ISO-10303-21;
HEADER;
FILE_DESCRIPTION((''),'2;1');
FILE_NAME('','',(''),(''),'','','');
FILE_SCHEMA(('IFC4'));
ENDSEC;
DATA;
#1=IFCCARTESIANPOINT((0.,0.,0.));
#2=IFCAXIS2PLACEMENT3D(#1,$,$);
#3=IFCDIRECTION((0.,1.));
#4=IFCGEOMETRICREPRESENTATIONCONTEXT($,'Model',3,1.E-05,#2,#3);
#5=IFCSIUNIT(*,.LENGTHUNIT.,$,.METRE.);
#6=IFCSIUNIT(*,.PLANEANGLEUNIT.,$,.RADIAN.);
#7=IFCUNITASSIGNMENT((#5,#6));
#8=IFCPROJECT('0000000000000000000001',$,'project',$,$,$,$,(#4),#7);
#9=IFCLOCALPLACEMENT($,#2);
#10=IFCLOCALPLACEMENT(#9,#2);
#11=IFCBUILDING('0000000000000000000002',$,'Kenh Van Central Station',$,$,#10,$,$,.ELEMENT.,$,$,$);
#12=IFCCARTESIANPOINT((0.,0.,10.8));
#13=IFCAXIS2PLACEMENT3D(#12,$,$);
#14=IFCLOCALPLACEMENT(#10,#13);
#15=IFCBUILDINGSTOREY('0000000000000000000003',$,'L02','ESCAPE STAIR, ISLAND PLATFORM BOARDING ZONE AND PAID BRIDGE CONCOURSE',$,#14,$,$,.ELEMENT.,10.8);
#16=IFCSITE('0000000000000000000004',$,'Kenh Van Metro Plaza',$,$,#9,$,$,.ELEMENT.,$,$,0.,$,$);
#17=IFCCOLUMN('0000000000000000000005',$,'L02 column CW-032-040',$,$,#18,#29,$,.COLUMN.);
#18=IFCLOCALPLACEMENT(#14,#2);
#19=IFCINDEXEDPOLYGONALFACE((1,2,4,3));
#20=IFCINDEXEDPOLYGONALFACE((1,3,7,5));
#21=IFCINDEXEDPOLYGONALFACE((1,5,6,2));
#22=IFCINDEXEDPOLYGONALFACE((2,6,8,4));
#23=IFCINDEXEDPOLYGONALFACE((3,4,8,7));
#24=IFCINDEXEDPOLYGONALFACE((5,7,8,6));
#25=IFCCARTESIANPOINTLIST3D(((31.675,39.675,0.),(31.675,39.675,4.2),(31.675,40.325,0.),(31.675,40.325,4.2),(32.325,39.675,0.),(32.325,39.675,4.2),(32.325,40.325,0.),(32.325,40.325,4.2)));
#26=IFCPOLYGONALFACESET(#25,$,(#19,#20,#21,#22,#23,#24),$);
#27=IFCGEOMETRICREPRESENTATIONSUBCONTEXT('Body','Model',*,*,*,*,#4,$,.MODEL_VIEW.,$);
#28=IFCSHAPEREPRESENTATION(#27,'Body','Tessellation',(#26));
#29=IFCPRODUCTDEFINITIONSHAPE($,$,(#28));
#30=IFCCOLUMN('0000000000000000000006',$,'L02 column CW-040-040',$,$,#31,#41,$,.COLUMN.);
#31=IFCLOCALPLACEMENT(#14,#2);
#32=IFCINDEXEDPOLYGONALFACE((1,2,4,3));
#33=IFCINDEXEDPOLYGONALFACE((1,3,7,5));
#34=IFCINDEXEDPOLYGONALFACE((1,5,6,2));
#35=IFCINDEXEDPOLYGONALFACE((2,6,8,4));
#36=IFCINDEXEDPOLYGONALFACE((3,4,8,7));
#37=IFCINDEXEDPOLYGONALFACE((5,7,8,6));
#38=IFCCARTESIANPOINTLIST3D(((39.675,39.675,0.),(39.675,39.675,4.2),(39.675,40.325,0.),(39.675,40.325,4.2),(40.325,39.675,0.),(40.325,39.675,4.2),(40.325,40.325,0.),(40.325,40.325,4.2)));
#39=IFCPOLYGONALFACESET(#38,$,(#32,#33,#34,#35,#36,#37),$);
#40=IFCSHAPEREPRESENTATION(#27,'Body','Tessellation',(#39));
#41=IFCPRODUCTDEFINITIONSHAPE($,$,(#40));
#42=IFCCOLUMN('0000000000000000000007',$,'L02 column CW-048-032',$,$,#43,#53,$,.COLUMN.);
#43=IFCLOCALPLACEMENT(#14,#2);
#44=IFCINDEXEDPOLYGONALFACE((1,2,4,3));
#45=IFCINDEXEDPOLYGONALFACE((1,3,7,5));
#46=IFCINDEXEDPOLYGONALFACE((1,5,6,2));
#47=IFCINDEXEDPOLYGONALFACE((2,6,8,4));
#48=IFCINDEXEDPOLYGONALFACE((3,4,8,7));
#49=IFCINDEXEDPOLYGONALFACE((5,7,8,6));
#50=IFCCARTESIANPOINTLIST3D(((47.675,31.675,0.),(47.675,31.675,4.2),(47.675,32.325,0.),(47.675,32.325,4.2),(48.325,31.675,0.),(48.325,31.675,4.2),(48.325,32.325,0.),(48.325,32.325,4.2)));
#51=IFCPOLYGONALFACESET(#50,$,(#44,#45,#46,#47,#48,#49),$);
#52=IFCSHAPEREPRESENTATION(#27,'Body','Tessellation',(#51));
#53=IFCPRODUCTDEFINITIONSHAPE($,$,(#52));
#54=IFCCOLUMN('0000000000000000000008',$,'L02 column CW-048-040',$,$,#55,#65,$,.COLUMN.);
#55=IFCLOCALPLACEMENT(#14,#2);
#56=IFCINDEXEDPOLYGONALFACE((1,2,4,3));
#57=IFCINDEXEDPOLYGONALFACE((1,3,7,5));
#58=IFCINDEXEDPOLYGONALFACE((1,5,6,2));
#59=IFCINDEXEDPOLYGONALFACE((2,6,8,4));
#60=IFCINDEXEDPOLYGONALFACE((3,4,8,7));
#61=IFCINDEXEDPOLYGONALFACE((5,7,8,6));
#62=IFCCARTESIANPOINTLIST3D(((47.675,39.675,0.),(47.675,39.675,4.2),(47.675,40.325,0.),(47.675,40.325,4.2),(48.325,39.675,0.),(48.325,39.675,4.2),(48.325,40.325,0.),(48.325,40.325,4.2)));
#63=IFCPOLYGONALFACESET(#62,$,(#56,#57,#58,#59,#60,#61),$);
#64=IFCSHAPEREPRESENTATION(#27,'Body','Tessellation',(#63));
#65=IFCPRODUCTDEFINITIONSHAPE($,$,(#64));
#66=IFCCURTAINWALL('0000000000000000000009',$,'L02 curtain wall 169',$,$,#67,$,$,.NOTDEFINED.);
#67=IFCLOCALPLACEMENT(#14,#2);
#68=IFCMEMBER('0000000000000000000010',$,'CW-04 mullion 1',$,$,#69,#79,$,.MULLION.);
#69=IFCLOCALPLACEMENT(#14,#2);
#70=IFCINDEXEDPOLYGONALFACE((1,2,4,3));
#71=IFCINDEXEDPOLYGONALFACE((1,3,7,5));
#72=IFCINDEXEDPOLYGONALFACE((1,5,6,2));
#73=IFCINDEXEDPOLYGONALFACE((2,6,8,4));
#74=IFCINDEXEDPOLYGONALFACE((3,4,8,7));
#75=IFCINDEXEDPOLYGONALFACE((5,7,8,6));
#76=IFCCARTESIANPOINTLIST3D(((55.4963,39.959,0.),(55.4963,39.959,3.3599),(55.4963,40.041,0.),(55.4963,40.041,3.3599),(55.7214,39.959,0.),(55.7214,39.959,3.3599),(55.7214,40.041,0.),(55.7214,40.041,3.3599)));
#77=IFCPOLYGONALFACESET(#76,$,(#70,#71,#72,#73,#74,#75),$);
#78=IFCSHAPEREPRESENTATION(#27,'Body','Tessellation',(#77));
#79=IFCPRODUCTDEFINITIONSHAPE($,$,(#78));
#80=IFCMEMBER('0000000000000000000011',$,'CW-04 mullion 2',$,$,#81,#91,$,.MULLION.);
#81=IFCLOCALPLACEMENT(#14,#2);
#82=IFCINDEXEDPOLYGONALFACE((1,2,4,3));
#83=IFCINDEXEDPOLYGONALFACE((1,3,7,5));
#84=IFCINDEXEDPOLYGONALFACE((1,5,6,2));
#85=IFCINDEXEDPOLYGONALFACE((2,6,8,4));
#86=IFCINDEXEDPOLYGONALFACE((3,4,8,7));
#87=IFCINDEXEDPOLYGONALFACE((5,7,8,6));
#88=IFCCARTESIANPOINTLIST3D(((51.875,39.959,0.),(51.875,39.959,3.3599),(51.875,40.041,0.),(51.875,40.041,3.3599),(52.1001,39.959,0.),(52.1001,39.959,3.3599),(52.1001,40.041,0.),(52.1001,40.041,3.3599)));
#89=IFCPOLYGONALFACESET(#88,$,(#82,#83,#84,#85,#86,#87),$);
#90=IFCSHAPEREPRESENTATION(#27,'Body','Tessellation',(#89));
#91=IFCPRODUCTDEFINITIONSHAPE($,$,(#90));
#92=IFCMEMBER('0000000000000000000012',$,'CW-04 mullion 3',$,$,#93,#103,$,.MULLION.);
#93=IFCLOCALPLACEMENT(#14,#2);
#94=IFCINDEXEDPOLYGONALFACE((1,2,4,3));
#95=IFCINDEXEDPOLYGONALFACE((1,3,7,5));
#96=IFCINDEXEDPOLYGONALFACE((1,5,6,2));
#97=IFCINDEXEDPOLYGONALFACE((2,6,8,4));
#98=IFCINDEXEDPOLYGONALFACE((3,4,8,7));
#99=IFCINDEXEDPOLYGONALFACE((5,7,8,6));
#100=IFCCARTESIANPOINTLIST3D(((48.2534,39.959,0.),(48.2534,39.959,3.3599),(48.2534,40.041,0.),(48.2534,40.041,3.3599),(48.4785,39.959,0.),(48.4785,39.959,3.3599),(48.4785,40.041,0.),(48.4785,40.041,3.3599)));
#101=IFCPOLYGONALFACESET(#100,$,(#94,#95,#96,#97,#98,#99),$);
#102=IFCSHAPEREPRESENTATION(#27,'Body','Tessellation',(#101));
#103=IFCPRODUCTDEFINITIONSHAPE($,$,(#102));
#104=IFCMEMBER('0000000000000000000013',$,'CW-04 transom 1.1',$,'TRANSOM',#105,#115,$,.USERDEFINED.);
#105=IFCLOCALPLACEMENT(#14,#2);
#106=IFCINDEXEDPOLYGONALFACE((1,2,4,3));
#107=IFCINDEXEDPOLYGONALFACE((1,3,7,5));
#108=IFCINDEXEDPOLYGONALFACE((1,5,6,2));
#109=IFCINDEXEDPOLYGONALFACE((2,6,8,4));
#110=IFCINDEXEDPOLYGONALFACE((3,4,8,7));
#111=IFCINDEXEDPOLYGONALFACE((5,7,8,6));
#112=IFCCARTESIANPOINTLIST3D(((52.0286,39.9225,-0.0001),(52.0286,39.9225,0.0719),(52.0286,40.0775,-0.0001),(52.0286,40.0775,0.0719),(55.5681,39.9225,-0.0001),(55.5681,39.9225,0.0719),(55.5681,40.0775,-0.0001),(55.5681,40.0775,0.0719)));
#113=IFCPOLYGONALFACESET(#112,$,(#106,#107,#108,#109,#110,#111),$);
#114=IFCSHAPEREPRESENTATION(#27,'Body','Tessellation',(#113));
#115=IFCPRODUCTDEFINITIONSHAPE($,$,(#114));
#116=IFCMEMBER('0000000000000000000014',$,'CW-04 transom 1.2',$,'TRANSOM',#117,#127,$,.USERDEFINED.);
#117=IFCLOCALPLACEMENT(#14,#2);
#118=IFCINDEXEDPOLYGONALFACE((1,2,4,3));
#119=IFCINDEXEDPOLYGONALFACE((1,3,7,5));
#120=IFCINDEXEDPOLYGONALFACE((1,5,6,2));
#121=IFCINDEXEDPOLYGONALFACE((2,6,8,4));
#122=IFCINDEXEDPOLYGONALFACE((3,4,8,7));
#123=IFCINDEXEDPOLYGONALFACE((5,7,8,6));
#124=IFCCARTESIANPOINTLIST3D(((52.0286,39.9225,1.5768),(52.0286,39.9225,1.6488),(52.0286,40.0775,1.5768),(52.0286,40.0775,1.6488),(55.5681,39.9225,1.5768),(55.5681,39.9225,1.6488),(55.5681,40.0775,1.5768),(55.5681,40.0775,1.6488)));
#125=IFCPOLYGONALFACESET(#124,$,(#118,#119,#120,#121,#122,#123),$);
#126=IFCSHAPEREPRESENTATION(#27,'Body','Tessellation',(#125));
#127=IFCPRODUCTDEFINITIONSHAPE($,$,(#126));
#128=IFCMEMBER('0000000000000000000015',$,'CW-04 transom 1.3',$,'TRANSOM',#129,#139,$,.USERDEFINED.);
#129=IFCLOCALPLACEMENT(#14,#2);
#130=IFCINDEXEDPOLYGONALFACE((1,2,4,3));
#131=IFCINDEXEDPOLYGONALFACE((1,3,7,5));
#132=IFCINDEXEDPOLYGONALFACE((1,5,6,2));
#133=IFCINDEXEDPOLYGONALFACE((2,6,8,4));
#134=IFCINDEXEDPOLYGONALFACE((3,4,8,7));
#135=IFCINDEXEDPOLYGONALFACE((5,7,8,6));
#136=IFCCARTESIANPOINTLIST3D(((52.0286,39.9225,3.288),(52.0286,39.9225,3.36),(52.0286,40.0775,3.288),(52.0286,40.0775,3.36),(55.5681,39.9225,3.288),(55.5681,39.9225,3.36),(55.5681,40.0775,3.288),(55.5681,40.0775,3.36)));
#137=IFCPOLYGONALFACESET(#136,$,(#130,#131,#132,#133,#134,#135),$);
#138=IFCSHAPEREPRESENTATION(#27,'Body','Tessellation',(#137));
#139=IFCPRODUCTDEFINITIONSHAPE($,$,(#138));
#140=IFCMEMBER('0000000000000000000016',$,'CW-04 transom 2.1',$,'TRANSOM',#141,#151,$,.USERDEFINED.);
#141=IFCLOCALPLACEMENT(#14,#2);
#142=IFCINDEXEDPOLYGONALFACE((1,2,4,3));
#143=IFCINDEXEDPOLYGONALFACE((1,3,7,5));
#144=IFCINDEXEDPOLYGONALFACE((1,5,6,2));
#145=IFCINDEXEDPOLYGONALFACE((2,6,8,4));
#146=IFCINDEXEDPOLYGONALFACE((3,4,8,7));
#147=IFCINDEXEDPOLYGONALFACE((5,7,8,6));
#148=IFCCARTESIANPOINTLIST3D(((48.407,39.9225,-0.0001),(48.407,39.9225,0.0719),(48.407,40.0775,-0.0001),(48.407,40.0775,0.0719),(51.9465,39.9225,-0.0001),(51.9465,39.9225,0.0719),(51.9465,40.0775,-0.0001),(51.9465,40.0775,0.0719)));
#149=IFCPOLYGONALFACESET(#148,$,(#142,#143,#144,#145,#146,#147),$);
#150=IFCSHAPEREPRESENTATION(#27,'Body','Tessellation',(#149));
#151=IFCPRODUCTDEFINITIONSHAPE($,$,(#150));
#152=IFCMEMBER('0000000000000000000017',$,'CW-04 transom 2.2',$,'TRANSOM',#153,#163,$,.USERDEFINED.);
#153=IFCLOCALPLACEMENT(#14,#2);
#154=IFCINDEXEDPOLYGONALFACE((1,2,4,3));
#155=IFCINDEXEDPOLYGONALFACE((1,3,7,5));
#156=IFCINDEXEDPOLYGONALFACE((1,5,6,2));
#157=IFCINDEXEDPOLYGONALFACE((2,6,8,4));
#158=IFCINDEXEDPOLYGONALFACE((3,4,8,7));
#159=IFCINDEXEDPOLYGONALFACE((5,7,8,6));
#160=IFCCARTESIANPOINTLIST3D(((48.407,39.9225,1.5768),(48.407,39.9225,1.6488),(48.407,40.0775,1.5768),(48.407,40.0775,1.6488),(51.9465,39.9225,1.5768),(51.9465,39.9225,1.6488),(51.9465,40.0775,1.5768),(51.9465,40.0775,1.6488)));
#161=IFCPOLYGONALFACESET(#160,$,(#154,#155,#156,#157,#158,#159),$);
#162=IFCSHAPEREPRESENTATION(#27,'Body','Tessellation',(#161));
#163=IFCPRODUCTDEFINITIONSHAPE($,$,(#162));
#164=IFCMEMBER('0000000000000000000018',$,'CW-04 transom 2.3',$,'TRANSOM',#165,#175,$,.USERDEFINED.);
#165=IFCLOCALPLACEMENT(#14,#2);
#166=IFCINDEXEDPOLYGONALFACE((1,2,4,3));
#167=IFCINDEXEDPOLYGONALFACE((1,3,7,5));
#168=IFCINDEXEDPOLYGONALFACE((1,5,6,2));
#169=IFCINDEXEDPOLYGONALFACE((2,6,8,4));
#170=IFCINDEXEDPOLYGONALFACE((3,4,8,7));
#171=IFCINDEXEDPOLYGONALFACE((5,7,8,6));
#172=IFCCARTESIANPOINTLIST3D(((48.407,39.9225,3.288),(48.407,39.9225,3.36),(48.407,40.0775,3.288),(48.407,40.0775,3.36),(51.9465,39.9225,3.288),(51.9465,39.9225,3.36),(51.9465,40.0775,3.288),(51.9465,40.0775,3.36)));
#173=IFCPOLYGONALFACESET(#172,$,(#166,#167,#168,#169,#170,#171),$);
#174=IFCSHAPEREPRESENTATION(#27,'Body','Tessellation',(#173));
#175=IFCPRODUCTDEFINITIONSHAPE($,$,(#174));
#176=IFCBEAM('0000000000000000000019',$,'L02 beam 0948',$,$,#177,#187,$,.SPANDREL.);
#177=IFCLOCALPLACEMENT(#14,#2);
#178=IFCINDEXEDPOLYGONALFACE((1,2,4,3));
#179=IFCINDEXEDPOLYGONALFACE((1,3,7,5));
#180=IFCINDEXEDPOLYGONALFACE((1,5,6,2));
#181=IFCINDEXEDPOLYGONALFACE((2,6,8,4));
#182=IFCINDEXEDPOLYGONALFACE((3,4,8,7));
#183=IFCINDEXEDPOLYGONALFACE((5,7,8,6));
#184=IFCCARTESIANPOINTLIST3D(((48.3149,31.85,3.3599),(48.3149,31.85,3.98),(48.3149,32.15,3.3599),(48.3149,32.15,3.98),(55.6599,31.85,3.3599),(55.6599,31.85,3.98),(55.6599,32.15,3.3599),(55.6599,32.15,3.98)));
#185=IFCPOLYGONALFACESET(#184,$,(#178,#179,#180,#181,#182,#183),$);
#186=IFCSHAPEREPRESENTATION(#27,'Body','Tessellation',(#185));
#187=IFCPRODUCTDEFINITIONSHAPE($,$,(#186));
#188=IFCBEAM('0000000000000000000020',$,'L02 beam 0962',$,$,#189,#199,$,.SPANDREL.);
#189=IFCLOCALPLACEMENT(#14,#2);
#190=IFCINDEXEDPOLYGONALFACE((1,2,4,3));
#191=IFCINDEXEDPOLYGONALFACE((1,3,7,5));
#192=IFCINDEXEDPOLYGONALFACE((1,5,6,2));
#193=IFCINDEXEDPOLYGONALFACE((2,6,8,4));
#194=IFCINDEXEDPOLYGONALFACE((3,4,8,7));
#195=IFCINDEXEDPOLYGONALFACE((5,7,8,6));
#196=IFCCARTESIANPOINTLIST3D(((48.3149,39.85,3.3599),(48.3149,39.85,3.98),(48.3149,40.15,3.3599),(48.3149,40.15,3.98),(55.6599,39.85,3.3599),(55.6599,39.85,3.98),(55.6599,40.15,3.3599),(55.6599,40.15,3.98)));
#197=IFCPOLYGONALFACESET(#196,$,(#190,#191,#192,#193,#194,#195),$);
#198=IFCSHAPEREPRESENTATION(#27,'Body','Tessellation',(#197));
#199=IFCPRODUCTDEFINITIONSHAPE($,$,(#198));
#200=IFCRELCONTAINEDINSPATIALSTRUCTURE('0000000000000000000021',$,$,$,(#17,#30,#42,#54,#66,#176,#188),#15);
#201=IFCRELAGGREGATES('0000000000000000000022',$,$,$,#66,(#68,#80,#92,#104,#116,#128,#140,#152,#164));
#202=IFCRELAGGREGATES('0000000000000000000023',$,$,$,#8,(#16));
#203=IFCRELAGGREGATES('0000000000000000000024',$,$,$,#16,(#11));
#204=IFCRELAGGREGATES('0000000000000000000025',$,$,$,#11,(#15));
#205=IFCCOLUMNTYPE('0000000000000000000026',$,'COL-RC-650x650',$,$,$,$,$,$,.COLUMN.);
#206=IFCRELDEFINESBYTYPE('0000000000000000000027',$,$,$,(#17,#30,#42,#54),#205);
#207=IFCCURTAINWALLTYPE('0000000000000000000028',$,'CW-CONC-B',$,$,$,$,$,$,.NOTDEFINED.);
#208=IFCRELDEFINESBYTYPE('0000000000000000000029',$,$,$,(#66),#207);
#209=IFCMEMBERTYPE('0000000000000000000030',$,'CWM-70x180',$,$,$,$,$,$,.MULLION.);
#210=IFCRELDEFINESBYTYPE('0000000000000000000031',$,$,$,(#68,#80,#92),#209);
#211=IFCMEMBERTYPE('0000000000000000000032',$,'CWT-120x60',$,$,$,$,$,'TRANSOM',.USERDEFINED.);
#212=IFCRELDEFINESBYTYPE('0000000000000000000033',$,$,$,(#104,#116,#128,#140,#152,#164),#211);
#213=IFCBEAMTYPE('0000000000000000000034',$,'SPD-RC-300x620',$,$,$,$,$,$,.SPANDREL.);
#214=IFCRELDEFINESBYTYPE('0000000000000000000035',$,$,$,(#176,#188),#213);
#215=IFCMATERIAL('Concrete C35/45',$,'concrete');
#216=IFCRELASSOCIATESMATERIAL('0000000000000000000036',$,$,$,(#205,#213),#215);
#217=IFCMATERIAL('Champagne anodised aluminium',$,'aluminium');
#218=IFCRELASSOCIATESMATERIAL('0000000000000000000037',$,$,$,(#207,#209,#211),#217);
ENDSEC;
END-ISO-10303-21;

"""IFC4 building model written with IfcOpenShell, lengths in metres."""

from ifc_helpers import new_model, si_unit, direction, frame, origin, origin_2d, place, context, subcontext, project, spatial, rectangle, extrude, material, material_profile, profile_set, type_object, element, aggregate, save


model = new_model("IFC4")

# Units and contexts
model_context = context("Model", 3, precision=1e-05, world=origin(), true_north=direction((0.0, 1.0)))
body_context = subcontext(model_context, "Body", "Model", "MODEL_VIEW")
ifc_project = project(units=[si_unit("LENGTHUNIT", "METRE"), si_unit("PLANEANGLEUNIT", "RADIAN")], contexts=[model_context])

# Site, building, storey
site_placement = place(None, origin())
site = spatial("IfcSite", under=ifc_project, at=site_placement, Name="Kenh Van Metro Plaza", CompositionType="ELEMENT", RefElevation=0.0)
building_placement = place(site_placement, origin())
building = spatial("IfcBuilding", under=site, at=building_placement, Name="Kenh Van Central Station", CompositionType="ELEMENT")
storey_placement = place(building_placement, frame((0.0, 0.0, 10.8)))
storey = spatial("IfcBuildingStorey", under=building, at=storey_placement, Name="L02", Description="ESCAPE STAIR, ISLAND PLATFORM BOARDING ZONE AND PAID BRIDGE CONCOURSE", CompositionType="ELEMENT", Elevation=10.8)

# Columns
ifc_material_1 = material(Name="Concrete C35/45", Category="concrete")
ifc_material_profile_1 = material_profile(ifc_material_1, rectangle(XDim=0.6499, YDim=0.6499, at=origin_2d()), Name="RC 650x650")
ifc_profile_set_1 = profile_set([ifc_material_profile_1], Name="Concrete C35/45")
column_type = type_object("IfcColumnType", Name="COL-RC-650x650", PredefinedType="COLUMN", material=ifc_profile_set_1)
for number, where, z_axis, x_axis, name in (
    (1, (32.0, 40.0, 0.0), (0.0, 0.0, 1.0), (1.0, 0.0, 0.0), "L02 column CW-032-040"),
    (2, (40.0, 40.0, 0.0), (0.0, 0.0, 1.0), (1.0, 0.0, 0.0), "L02 column CW-040-040"),
    (3, (48.0, 32.0, 0.0), (0.0, 0.0, 1.0), (1.0, 0.0, 0.0), "L02 column CW-048-032"),
    (4, (48.0, 40.0, 0.0), (0.0, 0.0, 1.0), (1.0, 0.0, 0.0), "L02 column CW-048-040"),
):
    element("IfcColumn", number, at=place(storey_placement, frame(where, z_axis=z_axis, x_axis=x_axis)), inside=storey, type_object=column_type, Name=name, PredefinedType="COLUMN", context=body_context, shape_type="SweptSolid", body=[
        extrude(rectangle(XDim=0.6499, YDim=0.6499, at=origin_2d()), origin(), (0.0, 0.0, 1.0), 4.2),
    ])

# Curtain wall, members
ifc_material_2 = material(Name="Champagne anodised aluminium", Category="aluminium")
curtain_wall_type = type_object("IfcCurtainWallType", Name="CW-CONC-B", PredefinedType="NOTDEFINED", material=ifc_material_2)
curtain_wall_placement = place(storey_placement, origin())
curtain_wall = element("IfcCurtainWall", 5, at=curtain_wall_placement, inside=storey, type_object=curtain_wall_type, Name="L02 curtain wall 169", PredefinedType="NOTDEFINED")
ifc_material_profile_2 = material_profile(ifc_material_2, rectangle(XDim=0.082, YDim=0.2251, at=origin_2d()), Name="AL 82x225")
ifc_profile_set_2 = profile_set([ifc_material_profile_2], Name="Champagne anodised aluminium")
member_type_1 = type_object("IfcMemberType", Name="CWM-70x180", PredefinedType="MULLION", material=ifc_profile_set_2)
member_1_placement = place(storey_placement, frame((55.6089, 40.0, 0.0), z_axis=(0.0, 0.0, 1.0), x_axis=(0.0, -1.0, 0.0)))
member_1 = element("IfcMember", 6, at=member_1_placement, type_object=member_type_1, Name="CW-04 mullion 1", PredefinedType="MULLION", context=body_context, shape_type="SweptSolid", body=[
    extrude(rectangle(XDim=0.082, YDim=0.2251, at=origin_2d()), origin(), (0.0, 0.0, 1.0), 3.3599),
])
member_2_placement = place(storey_placement, frame((51.9875, 40.0, 0.0), z_axis=(0.0, 0.0, 1.0), x_axis=(0.0, -1.0, 0.0)))
member_2 = element("IfcMember", 7, at=member_2_placement, type_object=member_type_1, Name="CW-04 mullion 2", PredefinedType="MULLION", context=body_context, shape_type="SweptSolid", body=[
    extrude(rectangle(XDim=0.082, YDim=0.2251, at=origin_2d()), origin(), (0.0, 0.0, 1.0), 3.3599),
])
member_3_placement = place(storey_placement, frame((48.366, 40.0, 0.0), z_axis=(0.0, 0.0, 1.0), x_axis=(0.0, -1.0, 0.0)))
member_3 = element("IfcMember", 8, at=member_3_placement, type_object=member_type_1, Name="CW-04 mullion 3", PredefinedType="MULLION", context=body_context, shape_type="SweptSolid", body=[
    extrude(rectangle(XDim=0.082, YDim=0.2251, at=origin_2d()), origin(), (0.0, 0.0, 1.0), 3.3599),
])
ifc_material_profile_3 = material_profile(ifc_material_2, rectangle(XDim=0.155, YDim=0.072, at=origin_2d()), Name="AL 155x72")
ifc_profile_set_3 = profile_set([ifc_material_profile_3], Name="Champagne anodised aluminium")
member_type_2 = type_object("IfcMemberType", Name="CWT-120x60", ElementType="TRANSOM", PredefinedType="USERDEFINED", material=ifc_profile_set_3)
member_4_placement = place(storey_placement, frame((55.5681, 40.0, 0.0359), z_axis=(-1.0, 0.0, 0.0), x_axis=(0.0, -1.0, 0.0)))
member_4 = element("IfcMember", 9, at=member_4_placement, type_object=member_type_2, Name="CW-04 transom 1.1", ObjectType="TRANSOM", PredefinedType="USERDEFINED", context=body_context, shape_type="SweptSolid", body=[
    extrude(rectangle(XDim=0.155, YDim=0.072, at=origin_2d()), origin(), (0.0, 0.0, 1.0), 3.5396),
])
member_5_placement = place(storey_placement, frame((55.5681, 40.0, 1.6128), z_axis=(-1.0, 0.0, 0.0), x_axis=(0.0, -1.0, 0.0)))
member_5 = element("IfcMember", 10, at=member_5_placement, type_object=member_type_2, Name="CW-04 transom 1.2", ObjectType="TRANSOM", PredefinedType="USERDEFINED", context=body_context, shape_type="SweptSolid", body=[
    extrude(rectangle(XDim=0.155, YDim=0.072, at=origin_2d()), origin(), (0.0, 0.0, 1.0), 3.5396),
])
member_6_placement = place(storey_placement, frame((55.5681, 40.0, 3.324), z_axis=(-1.0, 0.0, 0.0), x_axis=(0.0, -1.0, 0.0)))
member_6 = element("IfcMember", 11, at=member_6_placement, type_object=member_type_2, Name="CW-04 transom 1.3", ObjectType="TRANSOM", PredefinedType="USERDEFINED", context=body_context, shape_type="SweptSolid", body=[
    extrude(rectangle(XDim=0.155, YDim=0.072, at=origin_2d()), origin(), (0.0, 0.0, 1.0), 3.5396),
])
member_7_placement = place(storey_placement, frame((51.9465, 40.0, 0.0359), z_axis=(-1.0, 0.0, 0.0), x_axis=(0.0, -1.0, 0.0)))
member_7 = element("IfcMember", 12, at=member_7_placement, type_object=member_type_2, Name="CW-04 transom 2.1", ObjectType="TRANSOM", PredefinedType="USERDEFINED", context=body_context, shape_type="SweptSolid", body=[
    extrude(rectangle(XDim=0.155, YDim=0.072, at=origin_2d()), origin(), (0.0, 0.0, 1.0), 3.5396),
])
member_8_placement = place(storey_placement, frame((51.9465, 40.0, 1.6128), z_axis=(-1.0, 0.0, 0.0), x_axis=(0.0, -1.0, 0.0)))
member_8 = element("IfcMember", 13, at=member_8_placement, type_object=member_type_2, Name="CW-04 transom 2.2", ObjectType="TRANSOM", PredefinedType="USERDEFINED", context=body_context, shape_type="SweptSolid", body=[
    extrude(rectangle(XDim=0.155, YDim=0.072, at=origin_2d()), origin(), (0.0, 0.0, 1.0), 3.5396),
])
member_9_placement = place(storey_placement, frame((51.9465, 40.0, 3.324), z_axis=(-1.0, 0.0, 0.0), x_axis=(0.0, -1.0, 0.0)))
member_9 = element("IfcMember", 14, at=member_9_placement, type_object=member_type_2, Name="CW-04 transom 2.3", ObjectType="TRANSOM", PredefinedType="USERDEFINED", context=body_context, shape_type="SweptSolid", body=[
    extrude(rectangle(XDim=0.155, YDim=0.072, at=origin_2d()), origin(), (0.0, 0.0, 1.0), 3.5396),
])

# Beams
ifc_material_profile_4 = material_profile(ifc_material_1, rectangle(XDim=0.3, YDim=0.6201, at=origin_2d()), Name="RC 300x620")
ifc_profile_set_4 = profile_set([ifc_material_profile_4], Name="Concrete C35/45")
beam_type = type_object("IfcBeamType", Name="SPD-RC-300x620", PredefinedType="SPANDREL", material=ifc_profile_set_4)
for number, where, z_axis, x_axis, name in (
    (15, (48.3149, 32.0, 3.6699), (1.0, 0.0, 0.0), (0.0, 1.0, 0.0), "L02 beam 0948"),
    (16, (48.3149, 40.0, 3.6699), (1.0, 0.0, 0.0), (0.0, 1.0, 0.0), "L02 beam 0962"),
):
    element("IfcBeam", number, at=place(storey_placement, frame(where, z_axis=z_axis, x_axis=x_axis)), inside=storey, type_object=beam_type, Name=name, PredefinedType="SPANDREL", context=body_context, shape_type="SweptSolid", body=[
        extrude(rectangle(XDim=0.3, YDim=0.6201, at=origin_2d()), origin(), (0.0, 0.0, 1.0), 7.345),
    ])

aggregate(curtain_wall, [member_1, member_2, member_3, member_4, member_5, member_6, member_7, member_8, member_9])

save(model, "model.ifc")
